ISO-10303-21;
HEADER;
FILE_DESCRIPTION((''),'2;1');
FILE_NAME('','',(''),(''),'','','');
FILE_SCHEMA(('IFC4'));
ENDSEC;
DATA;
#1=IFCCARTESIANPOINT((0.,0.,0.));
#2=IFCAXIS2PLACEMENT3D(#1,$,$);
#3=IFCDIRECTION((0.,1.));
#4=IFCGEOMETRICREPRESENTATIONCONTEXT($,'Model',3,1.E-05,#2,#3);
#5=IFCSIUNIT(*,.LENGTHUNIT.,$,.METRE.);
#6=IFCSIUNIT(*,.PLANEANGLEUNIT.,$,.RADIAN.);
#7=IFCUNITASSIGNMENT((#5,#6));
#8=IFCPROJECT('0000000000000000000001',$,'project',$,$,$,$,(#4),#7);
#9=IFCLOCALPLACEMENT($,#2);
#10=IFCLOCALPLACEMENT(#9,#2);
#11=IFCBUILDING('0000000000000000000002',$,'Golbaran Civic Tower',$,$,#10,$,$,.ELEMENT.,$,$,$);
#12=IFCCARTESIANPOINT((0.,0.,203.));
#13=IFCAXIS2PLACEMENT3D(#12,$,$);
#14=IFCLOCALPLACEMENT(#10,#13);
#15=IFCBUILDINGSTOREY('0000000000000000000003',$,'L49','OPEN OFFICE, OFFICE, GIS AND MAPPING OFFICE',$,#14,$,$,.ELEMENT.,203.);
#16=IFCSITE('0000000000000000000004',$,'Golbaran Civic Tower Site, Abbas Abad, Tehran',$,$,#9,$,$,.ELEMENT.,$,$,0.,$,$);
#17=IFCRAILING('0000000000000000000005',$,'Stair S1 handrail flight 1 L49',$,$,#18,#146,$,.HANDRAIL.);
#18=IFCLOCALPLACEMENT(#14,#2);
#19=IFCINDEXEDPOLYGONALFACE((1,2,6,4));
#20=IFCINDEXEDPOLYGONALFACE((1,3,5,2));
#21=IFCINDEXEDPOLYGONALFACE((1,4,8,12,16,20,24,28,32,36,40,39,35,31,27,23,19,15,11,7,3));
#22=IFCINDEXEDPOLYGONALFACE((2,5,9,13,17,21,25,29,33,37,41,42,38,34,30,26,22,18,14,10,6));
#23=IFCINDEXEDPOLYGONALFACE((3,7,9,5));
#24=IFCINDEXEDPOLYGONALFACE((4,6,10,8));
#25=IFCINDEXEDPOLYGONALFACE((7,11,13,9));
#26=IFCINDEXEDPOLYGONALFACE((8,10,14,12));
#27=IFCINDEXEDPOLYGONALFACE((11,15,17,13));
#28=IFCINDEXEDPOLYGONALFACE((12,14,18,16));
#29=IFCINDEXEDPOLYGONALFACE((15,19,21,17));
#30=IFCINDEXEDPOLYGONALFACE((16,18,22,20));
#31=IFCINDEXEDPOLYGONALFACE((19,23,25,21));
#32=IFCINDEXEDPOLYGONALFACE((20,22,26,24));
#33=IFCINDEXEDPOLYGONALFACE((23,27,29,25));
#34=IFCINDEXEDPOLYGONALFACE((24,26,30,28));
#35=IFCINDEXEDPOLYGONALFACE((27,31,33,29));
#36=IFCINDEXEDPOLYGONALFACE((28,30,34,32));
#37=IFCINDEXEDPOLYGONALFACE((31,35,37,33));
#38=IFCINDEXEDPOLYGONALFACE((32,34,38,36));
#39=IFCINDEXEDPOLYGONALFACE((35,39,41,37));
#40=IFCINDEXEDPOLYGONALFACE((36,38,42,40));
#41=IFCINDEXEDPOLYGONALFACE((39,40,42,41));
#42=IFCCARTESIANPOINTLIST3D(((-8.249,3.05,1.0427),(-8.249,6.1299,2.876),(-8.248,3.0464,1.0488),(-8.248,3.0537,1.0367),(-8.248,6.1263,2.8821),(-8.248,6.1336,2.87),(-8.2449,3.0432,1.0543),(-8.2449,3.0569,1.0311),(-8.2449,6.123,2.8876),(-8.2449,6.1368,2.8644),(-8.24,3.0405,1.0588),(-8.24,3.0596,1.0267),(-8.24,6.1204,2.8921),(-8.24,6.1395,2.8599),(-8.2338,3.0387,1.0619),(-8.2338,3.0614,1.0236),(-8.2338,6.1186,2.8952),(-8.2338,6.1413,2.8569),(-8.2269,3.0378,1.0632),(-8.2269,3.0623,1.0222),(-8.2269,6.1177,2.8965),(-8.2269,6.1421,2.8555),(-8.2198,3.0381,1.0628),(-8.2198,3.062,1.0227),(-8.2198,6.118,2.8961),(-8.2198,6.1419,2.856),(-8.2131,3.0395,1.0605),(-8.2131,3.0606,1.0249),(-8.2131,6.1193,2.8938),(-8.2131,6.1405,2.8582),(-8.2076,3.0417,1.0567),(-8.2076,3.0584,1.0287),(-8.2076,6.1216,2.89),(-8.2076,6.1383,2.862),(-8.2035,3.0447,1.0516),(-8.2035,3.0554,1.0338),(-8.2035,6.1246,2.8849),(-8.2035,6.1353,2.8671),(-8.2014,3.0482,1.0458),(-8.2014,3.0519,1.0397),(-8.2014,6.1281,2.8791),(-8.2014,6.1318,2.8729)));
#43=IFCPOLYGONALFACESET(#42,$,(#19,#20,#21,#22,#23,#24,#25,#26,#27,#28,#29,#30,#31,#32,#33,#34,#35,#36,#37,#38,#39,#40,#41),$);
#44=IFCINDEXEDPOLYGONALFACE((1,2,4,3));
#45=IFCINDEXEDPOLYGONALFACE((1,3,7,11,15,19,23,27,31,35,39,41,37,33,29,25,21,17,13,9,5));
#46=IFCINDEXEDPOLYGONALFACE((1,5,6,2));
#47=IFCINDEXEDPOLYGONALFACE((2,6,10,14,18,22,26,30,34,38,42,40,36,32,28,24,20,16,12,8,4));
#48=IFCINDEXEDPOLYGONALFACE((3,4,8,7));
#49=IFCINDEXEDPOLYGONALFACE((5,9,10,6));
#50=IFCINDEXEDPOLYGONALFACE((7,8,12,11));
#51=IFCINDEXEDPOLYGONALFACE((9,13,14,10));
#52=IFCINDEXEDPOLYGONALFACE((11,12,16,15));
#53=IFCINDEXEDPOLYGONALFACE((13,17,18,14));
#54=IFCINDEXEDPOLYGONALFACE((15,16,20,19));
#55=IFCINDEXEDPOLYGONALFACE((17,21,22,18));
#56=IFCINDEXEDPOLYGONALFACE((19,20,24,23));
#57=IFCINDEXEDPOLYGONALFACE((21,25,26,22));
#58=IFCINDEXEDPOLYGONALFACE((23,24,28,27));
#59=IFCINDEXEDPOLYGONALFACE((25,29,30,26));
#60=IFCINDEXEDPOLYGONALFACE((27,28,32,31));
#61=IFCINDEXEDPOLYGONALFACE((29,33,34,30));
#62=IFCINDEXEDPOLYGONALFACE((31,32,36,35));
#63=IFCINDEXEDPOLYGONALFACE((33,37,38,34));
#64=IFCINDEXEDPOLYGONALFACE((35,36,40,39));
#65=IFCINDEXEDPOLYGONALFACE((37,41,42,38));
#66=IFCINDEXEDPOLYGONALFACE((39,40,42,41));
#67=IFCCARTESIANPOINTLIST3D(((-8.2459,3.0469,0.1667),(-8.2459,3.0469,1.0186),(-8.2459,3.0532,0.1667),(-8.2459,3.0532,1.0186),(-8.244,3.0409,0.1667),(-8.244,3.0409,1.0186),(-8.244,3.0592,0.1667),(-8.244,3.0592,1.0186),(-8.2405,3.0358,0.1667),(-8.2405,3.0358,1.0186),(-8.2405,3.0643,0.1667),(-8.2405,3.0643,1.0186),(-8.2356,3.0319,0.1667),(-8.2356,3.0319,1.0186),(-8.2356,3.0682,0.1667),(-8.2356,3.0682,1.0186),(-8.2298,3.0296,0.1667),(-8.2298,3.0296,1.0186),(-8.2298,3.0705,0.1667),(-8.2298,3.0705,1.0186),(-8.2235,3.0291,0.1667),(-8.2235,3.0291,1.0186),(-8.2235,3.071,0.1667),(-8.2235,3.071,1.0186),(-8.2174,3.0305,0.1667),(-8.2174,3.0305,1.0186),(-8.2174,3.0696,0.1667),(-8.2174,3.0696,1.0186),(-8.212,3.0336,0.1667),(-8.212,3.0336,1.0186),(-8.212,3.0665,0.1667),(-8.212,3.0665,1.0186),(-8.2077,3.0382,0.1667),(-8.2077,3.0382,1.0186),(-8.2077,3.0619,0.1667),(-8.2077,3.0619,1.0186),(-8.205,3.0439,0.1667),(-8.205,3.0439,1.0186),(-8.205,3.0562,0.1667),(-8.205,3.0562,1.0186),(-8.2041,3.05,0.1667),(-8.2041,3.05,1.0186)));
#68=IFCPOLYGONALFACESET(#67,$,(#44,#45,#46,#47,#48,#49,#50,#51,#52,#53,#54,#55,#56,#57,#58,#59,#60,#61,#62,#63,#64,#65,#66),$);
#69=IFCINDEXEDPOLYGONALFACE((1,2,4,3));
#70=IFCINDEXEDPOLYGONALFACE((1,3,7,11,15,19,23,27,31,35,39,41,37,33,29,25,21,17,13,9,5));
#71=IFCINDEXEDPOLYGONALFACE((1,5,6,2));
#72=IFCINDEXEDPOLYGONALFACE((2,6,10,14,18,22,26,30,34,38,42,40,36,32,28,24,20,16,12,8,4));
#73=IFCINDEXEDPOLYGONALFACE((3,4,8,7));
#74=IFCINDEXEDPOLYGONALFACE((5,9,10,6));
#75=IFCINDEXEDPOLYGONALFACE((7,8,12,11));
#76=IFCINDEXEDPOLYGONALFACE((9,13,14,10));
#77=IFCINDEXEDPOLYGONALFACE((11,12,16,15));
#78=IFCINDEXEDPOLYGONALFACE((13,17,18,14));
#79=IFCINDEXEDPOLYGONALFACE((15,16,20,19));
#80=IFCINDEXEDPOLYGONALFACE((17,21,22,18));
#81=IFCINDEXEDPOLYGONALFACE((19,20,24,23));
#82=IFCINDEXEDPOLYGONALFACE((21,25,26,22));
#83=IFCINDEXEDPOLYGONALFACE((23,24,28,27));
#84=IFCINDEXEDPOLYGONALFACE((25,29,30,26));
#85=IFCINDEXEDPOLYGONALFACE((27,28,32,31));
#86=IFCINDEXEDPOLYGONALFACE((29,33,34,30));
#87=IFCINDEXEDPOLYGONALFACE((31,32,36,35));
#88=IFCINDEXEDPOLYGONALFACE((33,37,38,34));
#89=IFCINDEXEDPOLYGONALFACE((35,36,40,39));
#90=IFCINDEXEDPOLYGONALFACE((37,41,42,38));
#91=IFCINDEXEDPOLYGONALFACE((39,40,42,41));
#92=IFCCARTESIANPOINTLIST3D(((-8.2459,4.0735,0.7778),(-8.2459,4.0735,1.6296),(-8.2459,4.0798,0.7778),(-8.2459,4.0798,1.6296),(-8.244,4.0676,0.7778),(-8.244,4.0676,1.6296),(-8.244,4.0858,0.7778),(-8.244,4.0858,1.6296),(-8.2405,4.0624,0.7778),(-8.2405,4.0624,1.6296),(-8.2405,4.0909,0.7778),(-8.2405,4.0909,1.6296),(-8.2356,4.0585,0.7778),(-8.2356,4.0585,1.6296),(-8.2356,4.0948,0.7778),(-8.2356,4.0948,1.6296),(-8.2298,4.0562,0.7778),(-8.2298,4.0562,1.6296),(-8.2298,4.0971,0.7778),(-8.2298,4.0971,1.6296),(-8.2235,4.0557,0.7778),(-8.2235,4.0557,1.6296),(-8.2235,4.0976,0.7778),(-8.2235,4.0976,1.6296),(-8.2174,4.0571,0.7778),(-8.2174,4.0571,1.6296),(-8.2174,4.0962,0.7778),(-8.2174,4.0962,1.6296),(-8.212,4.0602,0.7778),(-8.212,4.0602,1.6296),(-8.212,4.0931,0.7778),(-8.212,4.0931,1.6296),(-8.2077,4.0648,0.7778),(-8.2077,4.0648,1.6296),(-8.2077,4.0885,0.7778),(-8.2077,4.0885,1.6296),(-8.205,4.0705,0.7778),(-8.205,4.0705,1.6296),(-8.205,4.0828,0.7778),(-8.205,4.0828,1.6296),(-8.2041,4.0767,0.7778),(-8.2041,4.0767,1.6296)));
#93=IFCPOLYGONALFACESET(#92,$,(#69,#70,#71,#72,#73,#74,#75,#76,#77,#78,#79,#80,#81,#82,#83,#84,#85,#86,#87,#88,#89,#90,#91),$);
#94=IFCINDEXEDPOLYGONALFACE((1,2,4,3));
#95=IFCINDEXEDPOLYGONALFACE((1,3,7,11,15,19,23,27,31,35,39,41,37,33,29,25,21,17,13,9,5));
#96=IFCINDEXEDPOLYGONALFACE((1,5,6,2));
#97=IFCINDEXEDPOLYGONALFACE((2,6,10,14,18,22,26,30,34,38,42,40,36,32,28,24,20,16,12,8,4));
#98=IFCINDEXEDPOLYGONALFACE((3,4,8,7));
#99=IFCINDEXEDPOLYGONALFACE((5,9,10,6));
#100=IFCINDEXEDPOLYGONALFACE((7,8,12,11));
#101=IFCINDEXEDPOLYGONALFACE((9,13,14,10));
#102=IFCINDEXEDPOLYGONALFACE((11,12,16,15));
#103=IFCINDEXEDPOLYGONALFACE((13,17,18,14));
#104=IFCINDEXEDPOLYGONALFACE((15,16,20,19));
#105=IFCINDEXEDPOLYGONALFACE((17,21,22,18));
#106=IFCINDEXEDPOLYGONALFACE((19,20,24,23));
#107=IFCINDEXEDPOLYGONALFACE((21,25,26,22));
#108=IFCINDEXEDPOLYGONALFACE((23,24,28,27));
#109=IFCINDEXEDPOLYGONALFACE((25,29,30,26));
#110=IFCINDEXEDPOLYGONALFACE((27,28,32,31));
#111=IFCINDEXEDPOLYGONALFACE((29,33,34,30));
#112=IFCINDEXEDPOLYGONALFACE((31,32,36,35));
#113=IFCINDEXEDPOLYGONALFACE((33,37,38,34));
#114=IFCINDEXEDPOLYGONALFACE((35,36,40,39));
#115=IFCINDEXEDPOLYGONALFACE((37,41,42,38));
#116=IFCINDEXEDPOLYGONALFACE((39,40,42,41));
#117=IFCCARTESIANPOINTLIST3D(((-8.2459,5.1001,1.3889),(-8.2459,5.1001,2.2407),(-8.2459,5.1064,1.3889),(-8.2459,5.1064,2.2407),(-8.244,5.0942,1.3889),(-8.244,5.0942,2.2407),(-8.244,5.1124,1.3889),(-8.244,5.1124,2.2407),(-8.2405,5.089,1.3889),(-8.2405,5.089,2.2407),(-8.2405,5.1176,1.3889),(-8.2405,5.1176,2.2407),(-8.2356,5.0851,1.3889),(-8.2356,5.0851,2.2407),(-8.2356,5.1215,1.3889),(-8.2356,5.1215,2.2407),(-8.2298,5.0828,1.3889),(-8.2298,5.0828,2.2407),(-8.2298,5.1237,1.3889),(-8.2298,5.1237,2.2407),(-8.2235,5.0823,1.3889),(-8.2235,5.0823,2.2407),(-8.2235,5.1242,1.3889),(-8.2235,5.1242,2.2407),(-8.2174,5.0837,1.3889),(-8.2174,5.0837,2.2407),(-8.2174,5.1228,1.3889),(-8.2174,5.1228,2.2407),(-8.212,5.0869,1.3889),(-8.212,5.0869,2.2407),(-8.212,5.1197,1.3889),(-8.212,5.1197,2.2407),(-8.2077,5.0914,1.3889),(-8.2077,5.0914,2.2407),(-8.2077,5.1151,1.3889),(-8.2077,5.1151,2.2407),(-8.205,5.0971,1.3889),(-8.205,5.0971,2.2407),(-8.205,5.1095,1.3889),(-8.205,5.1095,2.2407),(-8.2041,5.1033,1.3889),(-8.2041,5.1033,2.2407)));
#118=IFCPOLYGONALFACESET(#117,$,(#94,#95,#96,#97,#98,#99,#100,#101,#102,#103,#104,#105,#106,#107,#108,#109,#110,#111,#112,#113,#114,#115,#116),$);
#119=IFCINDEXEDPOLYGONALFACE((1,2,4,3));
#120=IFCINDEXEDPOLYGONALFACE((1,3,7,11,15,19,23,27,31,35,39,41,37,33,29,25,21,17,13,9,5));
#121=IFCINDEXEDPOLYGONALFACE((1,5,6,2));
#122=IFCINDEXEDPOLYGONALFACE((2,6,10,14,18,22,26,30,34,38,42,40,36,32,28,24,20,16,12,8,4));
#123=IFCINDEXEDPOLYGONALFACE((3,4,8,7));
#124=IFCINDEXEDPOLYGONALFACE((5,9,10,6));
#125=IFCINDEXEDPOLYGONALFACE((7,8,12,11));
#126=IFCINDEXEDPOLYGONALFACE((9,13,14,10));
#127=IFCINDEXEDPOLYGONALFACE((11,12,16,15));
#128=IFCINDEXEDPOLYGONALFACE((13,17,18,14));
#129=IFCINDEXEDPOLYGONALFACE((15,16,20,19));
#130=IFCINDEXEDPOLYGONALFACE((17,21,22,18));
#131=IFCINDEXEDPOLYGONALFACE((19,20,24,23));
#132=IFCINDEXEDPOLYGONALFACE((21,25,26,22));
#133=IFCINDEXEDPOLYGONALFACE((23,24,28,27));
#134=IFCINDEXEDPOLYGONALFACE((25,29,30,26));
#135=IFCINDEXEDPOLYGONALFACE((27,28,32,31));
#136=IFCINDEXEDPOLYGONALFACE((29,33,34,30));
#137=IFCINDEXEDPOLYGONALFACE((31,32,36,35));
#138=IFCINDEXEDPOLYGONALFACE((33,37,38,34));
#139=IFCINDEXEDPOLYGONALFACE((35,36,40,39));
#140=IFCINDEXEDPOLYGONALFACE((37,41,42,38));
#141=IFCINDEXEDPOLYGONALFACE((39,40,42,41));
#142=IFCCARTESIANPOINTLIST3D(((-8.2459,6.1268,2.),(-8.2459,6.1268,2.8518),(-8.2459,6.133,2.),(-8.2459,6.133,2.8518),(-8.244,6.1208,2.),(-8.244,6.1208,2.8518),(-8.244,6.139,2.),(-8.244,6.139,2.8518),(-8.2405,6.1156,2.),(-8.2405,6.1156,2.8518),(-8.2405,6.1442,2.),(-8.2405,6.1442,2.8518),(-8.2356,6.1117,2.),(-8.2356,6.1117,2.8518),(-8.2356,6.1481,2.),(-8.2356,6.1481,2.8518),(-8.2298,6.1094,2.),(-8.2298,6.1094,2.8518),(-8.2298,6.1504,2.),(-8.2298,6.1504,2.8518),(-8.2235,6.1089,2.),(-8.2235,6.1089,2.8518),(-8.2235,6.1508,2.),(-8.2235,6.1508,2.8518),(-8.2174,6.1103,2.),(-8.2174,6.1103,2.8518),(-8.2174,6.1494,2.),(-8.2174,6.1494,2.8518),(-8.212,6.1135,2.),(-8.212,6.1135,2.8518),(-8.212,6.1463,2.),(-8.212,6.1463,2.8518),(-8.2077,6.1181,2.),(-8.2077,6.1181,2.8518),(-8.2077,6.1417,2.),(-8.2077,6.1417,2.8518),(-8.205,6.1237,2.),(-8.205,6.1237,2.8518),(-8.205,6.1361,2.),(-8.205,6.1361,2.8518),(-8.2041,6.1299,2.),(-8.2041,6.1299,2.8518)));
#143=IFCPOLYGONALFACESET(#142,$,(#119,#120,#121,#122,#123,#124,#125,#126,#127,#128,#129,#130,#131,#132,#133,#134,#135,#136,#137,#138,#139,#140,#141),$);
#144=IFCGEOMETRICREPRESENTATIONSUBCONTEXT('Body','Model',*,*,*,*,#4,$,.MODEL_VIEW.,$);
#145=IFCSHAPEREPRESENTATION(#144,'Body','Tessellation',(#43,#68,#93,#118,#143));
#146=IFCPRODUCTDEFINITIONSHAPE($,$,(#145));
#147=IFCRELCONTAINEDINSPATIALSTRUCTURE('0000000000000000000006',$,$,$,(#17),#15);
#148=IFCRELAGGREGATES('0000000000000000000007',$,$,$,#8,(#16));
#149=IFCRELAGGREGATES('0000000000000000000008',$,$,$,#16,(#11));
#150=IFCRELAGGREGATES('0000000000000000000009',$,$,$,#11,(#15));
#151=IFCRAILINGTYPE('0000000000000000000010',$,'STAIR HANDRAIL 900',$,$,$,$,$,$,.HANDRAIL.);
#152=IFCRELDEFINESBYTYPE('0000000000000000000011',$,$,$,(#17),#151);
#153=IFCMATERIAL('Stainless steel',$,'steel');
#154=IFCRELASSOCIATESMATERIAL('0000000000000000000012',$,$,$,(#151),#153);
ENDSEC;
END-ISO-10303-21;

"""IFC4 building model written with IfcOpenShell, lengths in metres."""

from ifc_helpers import new_model, si_unit, direction, frame, origin, origin_2d, place, context, subcontext, project, spatial, circle, extrude, material, type_object, element, save


model = new_model("IFC4")

# Units and contexts
model_context = context("Model", 3, precision=1e-05, world=origin(), true_north=direction((0.0, 1.0)))
body_context = subcontext(model_context, "Body", "Model", "MODEL_VIEW")
ifc_project = project(units=[si_unit("LENGTHUNIT", "METRE"), si_unit("PLANEANGLEUNIT", "RADIAN")], contexts=[model_context])

# Site, building, storey
site_placement = place(None, origin())
site = spatial("IfcSite", under=ifc_project, at=site_placement, Name="Golbaran Civic Tower Site, Abbas Abad, Tehran", CompositionType="ELEMENT", RefElevation=0.0)
building_placement = place(site_placement, origin())
building = spatial("IfcBuilding", under=site, at=building_placement, Name="Golbaran Civic Tower", CompositionType="ELEMENT")
storey_placement = place(building_placement, frame((0.0, 0.0, 203.0)))
storey = spatial("IfcBuildingStorey", under=building, at=storey_placement, Name="L49", Description="OPEN OFFICE, OFFICE, GIS AND MAPPING OFFICE", CompositionType="ELEMENT", Elevation=203.0)

# Shared definitions
ifc_material_1 = material(Name="Stainless steel", Category="steel")

# Railing
railing_type = type_object("IfcRailingType", Name="STAIR HANDRAIL 900", PredefinedType="HANDRAIL", material=ifc_material_1)
railing_1_placement = place(storey_placement, frame((-8.2251, 3.05, 0.1667)))
element("IfcRailing", 1, at=railing_1_placement, inside=storey, type_object=railing_type, Name="Stair S1 handrail flight 1 L49", PredefinedType="HANDRAIL", context=body_context, shape_type="SweptSolid", body=[
    extrude(circle(Radius=0.0239, at=origin_2d()), frame((0.0, 0.0, 0.876), z_axis=(0.0, 0.859291, 0.511487), x_axis=(-1.0, 0.0, 0.0)), (0.0, 0.0, 1.0), 3.5842),
    extrude(circle(Radius=0.021, at=origin_2d()), origin(), (0.0, 0.0, 1.0), 0.8518),
    extrude(circle(Radius=0.021, at=origin_2d()), frame((0.0, 1.0266, 0.6111)), (0.0, 0.0, 1.0), 0.8518),
    extrude(circle(Radius=0.021, at=origin_2d()), frame((0.0, 2.0532, 1.2222)), (0.0, 0.0, 1.0), 0.8518),
    extrude(circle(Radius=0.021, at=origin_2d()), frame((0.0, 3.0798, 1.8333)), (0.0, 0.0, 1.0), 0.8518),
])

save(model, "model.ifc")
